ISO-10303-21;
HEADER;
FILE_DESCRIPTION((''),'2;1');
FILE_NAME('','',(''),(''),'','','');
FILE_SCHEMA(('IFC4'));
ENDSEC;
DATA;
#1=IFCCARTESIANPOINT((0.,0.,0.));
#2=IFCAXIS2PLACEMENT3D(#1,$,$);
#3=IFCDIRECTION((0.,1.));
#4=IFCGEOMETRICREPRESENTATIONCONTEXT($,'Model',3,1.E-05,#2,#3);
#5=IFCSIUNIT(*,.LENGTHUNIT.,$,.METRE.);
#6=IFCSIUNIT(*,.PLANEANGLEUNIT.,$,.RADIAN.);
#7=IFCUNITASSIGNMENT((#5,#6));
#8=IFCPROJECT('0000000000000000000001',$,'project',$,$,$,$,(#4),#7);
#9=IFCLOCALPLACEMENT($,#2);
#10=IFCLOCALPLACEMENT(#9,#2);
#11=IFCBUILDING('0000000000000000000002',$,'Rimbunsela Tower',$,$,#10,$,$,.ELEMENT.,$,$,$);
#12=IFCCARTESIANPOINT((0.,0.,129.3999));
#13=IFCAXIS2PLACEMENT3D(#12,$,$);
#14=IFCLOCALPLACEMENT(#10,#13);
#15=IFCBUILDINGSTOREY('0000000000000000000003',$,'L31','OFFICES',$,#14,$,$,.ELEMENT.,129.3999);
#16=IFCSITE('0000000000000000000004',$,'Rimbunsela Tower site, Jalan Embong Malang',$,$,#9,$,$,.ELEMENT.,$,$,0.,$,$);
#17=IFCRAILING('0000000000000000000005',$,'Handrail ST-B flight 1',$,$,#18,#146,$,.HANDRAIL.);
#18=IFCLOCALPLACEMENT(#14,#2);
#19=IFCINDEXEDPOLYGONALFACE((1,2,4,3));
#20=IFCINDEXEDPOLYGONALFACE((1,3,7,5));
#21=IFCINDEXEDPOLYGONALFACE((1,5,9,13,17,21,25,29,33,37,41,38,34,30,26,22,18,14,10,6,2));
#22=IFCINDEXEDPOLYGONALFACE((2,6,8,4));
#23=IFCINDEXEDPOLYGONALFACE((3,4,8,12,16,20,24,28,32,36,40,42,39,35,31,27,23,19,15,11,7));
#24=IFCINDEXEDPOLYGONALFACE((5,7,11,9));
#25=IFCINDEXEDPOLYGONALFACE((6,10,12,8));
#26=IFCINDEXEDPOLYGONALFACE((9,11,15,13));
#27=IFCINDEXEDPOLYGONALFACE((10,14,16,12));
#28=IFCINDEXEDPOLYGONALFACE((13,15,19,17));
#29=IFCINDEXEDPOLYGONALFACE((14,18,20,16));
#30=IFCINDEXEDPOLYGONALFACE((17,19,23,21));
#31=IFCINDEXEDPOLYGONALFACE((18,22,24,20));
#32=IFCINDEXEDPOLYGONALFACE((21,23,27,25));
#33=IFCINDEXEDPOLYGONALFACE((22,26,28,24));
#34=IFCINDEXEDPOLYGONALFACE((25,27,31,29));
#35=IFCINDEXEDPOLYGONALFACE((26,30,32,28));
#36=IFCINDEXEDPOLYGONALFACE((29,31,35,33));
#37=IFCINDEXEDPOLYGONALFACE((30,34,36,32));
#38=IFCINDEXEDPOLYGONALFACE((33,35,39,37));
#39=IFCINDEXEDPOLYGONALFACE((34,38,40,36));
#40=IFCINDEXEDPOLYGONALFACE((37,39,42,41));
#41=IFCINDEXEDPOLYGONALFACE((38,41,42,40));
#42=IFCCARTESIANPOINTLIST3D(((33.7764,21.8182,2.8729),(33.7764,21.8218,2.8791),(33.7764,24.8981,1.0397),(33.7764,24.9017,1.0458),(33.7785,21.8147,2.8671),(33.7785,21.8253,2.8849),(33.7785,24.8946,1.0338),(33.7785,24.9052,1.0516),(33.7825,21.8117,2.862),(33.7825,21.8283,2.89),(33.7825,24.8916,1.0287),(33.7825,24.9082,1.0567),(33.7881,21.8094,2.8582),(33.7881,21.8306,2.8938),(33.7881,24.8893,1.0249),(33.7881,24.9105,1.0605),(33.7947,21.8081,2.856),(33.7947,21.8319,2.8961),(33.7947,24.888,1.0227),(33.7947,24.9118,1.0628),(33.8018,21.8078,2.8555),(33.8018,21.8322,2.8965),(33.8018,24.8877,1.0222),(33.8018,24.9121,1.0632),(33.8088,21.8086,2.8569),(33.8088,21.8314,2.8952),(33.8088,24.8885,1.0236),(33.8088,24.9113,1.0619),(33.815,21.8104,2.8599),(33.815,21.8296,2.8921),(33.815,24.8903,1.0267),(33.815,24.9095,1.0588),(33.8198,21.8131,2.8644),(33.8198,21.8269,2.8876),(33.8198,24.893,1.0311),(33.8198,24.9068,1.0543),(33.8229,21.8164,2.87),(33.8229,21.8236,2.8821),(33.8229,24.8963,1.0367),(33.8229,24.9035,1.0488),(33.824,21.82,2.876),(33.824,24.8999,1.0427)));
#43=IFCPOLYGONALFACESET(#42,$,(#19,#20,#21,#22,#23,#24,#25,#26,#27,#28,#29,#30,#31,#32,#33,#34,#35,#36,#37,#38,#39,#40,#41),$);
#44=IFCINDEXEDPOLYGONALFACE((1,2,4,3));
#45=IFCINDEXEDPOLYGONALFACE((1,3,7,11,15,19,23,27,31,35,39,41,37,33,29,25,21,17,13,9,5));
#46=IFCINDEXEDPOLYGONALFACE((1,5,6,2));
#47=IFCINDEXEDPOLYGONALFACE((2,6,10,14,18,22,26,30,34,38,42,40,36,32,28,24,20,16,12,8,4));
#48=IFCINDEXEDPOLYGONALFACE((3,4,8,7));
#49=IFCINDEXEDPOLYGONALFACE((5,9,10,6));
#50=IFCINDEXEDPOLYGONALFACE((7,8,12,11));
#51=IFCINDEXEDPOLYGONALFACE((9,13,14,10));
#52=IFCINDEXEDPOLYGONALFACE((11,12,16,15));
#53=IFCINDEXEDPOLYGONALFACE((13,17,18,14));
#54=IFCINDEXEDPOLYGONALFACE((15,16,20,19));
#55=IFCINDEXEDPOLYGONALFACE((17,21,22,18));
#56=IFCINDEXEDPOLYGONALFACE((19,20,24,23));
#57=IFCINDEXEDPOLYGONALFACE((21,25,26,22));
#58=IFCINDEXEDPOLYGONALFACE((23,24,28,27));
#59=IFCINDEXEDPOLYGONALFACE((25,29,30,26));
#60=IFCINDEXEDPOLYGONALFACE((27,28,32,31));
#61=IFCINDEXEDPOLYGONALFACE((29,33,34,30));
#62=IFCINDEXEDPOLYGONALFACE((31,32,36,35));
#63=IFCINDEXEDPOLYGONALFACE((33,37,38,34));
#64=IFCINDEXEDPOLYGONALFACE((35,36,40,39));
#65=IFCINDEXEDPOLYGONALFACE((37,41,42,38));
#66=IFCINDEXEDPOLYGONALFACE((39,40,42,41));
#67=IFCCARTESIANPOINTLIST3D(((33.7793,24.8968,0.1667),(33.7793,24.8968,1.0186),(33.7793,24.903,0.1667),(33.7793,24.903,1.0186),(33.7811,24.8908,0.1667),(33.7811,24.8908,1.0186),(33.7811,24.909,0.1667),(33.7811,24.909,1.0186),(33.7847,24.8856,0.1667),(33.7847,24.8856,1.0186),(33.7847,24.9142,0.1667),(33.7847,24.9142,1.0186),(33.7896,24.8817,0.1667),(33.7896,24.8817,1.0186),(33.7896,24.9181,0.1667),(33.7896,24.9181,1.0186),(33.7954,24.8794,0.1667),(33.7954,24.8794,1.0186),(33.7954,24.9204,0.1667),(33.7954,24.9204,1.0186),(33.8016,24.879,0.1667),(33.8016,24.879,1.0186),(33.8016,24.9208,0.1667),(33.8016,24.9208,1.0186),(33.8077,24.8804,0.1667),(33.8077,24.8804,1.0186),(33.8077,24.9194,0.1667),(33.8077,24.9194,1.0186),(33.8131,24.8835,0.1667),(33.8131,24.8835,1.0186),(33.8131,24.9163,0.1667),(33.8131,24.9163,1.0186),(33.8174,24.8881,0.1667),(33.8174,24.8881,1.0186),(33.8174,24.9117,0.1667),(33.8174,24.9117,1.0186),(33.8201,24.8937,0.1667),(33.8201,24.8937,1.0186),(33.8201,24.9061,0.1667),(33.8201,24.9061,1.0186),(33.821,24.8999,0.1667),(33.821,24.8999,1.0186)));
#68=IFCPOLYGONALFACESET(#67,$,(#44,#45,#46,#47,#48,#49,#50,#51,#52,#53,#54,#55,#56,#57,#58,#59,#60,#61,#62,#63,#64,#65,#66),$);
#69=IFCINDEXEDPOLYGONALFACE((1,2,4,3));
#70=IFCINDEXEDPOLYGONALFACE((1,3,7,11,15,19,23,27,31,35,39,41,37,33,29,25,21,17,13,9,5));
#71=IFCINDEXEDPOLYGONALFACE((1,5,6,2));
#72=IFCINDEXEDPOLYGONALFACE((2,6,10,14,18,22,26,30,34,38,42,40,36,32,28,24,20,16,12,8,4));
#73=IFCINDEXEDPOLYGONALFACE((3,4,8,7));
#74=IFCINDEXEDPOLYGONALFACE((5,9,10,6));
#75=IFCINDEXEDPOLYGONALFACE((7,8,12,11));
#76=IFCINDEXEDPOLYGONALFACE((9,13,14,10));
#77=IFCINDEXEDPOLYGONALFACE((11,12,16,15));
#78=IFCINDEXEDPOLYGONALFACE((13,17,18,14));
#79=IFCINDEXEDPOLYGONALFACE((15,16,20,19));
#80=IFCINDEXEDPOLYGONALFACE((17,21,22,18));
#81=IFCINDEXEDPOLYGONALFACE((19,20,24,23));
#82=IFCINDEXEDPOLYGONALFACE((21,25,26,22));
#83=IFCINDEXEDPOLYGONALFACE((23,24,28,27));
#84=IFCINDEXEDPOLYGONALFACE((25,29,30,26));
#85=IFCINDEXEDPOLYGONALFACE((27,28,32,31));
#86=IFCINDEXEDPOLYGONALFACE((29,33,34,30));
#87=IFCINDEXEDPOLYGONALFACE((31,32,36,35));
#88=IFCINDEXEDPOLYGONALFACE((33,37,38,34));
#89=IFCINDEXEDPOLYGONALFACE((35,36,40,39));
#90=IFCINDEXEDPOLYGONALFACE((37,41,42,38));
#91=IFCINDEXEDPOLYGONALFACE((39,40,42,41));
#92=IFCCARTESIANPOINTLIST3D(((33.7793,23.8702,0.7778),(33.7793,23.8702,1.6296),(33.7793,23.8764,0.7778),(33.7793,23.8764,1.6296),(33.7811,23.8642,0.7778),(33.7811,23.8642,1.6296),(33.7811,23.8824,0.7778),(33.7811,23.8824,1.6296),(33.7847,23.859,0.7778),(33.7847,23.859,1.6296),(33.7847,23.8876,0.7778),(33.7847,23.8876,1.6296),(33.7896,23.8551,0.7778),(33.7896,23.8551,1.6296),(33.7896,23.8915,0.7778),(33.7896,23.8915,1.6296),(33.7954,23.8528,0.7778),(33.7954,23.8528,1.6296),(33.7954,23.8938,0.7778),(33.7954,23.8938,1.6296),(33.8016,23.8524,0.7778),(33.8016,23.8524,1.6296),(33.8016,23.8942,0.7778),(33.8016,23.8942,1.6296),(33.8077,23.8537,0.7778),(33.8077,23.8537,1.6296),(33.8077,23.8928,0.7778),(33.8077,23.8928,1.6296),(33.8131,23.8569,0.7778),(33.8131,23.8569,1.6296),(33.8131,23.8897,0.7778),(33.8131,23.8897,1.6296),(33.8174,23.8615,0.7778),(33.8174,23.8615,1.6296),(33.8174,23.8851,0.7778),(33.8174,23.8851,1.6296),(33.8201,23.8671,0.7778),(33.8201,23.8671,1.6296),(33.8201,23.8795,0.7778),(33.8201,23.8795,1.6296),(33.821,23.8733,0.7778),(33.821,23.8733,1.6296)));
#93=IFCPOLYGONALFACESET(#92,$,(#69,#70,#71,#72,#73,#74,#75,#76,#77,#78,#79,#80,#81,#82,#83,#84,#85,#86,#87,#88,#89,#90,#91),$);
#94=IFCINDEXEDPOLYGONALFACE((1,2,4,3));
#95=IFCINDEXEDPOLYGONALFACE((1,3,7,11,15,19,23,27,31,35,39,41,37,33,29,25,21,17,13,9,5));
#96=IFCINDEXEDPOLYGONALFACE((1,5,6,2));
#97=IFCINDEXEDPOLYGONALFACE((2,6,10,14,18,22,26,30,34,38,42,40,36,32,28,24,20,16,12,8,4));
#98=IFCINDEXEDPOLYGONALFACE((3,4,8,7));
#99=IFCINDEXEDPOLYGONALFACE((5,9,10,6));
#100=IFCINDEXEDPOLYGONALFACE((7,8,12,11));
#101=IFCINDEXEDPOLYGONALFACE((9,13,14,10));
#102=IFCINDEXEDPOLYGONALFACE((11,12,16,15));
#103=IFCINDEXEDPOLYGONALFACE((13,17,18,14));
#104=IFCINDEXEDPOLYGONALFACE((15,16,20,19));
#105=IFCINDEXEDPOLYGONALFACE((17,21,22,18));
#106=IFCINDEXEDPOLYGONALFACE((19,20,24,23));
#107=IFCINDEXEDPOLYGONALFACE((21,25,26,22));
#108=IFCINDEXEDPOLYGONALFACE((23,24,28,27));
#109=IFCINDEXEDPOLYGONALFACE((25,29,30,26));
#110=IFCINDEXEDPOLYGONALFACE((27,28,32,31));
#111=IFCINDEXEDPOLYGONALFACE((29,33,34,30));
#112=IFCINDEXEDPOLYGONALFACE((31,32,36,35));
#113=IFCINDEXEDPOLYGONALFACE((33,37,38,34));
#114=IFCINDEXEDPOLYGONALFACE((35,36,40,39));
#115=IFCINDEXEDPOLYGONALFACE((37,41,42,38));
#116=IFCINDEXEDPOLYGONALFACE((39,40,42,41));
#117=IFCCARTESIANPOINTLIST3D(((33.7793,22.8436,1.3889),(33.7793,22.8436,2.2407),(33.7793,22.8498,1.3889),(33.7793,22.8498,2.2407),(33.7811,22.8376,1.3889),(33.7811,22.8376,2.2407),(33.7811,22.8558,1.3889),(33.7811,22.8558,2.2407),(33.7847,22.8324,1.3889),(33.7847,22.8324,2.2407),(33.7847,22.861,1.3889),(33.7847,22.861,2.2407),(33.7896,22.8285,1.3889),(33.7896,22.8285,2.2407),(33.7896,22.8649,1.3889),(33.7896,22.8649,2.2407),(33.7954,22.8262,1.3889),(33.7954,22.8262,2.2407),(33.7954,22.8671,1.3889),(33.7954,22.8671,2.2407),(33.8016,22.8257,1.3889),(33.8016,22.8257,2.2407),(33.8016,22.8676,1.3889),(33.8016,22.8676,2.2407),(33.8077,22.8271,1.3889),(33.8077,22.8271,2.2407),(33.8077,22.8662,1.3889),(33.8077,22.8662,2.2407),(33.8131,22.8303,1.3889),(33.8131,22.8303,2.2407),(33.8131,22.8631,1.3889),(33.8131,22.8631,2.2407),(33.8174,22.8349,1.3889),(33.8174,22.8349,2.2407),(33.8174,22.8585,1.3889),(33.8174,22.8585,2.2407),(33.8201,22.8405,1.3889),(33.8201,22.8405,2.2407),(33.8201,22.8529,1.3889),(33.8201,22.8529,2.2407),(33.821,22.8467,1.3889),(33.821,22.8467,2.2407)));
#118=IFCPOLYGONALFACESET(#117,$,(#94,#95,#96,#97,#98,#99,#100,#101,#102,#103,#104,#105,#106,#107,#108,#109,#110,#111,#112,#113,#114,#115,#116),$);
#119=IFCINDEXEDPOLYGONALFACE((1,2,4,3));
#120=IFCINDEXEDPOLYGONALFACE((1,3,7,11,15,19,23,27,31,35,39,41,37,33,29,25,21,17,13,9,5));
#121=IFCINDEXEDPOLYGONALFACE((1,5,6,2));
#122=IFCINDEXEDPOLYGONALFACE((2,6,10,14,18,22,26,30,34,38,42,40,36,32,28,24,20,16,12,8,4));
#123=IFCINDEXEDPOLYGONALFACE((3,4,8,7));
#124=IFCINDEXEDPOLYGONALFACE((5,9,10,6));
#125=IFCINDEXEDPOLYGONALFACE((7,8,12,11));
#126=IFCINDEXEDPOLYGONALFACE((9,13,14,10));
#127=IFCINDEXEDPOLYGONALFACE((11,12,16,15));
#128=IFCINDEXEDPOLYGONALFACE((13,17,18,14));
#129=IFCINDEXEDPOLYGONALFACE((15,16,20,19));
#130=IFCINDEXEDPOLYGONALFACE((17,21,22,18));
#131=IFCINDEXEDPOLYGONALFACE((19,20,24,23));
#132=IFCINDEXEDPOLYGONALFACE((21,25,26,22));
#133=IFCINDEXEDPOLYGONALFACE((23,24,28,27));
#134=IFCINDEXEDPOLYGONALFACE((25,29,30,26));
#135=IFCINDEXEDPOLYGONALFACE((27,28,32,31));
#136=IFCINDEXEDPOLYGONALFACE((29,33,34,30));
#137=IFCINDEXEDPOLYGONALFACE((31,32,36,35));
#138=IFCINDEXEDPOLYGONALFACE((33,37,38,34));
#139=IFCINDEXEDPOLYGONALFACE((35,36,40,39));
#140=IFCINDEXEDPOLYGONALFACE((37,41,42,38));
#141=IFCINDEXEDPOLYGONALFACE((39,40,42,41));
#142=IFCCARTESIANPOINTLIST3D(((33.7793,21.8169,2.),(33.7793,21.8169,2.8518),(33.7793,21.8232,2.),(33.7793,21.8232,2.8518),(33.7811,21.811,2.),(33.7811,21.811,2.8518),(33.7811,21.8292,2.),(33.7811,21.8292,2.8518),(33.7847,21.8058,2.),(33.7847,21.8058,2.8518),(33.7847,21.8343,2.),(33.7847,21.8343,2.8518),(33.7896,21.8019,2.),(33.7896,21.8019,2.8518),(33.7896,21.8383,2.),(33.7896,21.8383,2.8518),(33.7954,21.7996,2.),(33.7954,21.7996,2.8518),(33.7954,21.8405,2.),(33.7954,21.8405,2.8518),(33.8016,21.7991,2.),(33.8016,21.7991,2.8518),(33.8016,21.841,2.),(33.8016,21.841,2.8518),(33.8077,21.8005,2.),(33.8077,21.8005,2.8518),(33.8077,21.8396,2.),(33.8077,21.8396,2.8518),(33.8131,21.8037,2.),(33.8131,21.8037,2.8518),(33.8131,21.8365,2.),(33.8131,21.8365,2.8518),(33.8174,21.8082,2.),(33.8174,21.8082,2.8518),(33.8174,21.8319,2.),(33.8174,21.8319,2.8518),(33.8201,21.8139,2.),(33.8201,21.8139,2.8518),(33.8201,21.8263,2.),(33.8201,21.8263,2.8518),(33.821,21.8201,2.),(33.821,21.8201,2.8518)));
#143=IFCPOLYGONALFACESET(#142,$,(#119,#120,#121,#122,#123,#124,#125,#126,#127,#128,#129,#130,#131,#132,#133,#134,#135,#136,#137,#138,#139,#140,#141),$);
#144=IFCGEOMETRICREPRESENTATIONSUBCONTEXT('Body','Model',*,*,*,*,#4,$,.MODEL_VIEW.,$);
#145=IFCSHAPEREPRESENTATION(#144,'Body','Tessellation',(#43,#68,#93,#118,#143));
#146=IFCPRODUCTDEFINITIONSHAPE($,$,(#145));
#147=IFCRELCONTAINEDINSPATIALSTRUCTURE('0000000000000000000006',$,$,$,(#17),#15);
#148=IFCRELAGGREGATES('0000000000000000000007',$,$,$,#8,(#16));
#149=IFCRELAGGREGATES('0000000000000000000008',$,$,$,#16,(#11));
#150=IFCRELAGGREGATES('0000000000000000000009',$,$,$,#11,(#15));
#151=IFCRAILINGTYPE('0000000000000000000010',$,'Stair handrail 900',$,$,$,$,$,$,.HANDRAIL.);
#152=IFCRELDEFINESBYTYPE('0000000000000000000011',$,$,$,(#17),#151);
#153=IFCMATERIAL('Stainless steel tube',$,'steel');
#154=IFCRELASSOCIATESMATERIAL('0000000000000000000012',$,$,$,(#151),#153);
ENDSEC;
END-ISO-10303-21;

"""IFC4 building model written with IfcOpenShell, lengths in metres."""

from ifc_helpers import new_model, si_unit, direction, frame, origin, origin_2d, place, context, subcontext, project, spatial, circle, extrude, material, type_object, element, save


model = new_model("IFC4")

# Units and contexts
model_context = context("Model", 3, precision=1e-05, world=origin(), true_north=direction((0.0, 1.0)))
body_context = subcontext(model_context, "Body", "Model", "MODEL_VIEW")
ifc_project = project(units=[si_unit("LENGTHUNIT", "METRE"), si_unit("PLANEANGLEUNIT", "RADIAN")], contexts=[model_context])

# Site, building, storey
site_placement = place(None, origin())
site = spatial("IfcSite", under=ifc_project, at=site_placement, Name="Rimbunsela Tower site, Jalan Embong Malang", CompositionType="ELEMENT", RefElevation=0.0)
building_placement = place(site_placement, origin())
building = spatial("IfcBuilding", under=site, at=building_placement, Name="Rimbunsela Tower", CompositionType="ELEMENT")
storey_placement = place(building_placement, frame((0.0, 0.0, 129.3999)))
storey = spatial("IfcBuildingStorey", under=building, at=storey_placement, Name="L31", Description="OFFICES", CompositionType="ELEMENT", Elevation=129.3999)

# Railing
ifc_material_1 = material(Name="Stainless steel tube", Category="steel")
railing_type = type_object("IfcRailingType", Name="Stair handrail 900", PredefinedType="HANDRAIL", material=ifc_material_1)
railing_1_placement = place(storey_placement, frame((33.8, 24.8999, 0.1667)))
element("IfcRailing", 1, at=railing_1_placement, inside=storey, type_object=railing_type, Name="Handrail ST-B flight 1", PredefinedType="HANDRAIL", context=body_context, shape_type="SweptSolid", body=[
    extrude(circle(Radius=0.0239, at=origin_2d()), frame((0.0, 0.0, 0.876), z_axis=(0.0, -0.859291, 0.511487), x_axis=(1.0, 0.0, 0.0)), (0.0, 0.0, 1.0), 3.5842),
    extrude(circle(Radius=0.021, at=origin_2d()), origin(), (0.0, 0.0, 1.0), 0.8518),
    extrude(circle(Radius=0.021, at=origin_2d()), frame((0.0, -1.0266, 0.6111)), (0.0, 0.0, 1.0), 0.8518),
    extrude(circle(Radius=0.021, at=origin_2d()), frame((0.0, -2.0532, 1.2222)), (0.0, 0.0, 1.0), 0.8518),
    extrude(circle(Radius=0.021, at=origin_2d()), frame((0.0, -3.0798, 1.8333)), (0.0, 0.0, 1.0), 0.8518),
])

save(model, "model.ifc")
